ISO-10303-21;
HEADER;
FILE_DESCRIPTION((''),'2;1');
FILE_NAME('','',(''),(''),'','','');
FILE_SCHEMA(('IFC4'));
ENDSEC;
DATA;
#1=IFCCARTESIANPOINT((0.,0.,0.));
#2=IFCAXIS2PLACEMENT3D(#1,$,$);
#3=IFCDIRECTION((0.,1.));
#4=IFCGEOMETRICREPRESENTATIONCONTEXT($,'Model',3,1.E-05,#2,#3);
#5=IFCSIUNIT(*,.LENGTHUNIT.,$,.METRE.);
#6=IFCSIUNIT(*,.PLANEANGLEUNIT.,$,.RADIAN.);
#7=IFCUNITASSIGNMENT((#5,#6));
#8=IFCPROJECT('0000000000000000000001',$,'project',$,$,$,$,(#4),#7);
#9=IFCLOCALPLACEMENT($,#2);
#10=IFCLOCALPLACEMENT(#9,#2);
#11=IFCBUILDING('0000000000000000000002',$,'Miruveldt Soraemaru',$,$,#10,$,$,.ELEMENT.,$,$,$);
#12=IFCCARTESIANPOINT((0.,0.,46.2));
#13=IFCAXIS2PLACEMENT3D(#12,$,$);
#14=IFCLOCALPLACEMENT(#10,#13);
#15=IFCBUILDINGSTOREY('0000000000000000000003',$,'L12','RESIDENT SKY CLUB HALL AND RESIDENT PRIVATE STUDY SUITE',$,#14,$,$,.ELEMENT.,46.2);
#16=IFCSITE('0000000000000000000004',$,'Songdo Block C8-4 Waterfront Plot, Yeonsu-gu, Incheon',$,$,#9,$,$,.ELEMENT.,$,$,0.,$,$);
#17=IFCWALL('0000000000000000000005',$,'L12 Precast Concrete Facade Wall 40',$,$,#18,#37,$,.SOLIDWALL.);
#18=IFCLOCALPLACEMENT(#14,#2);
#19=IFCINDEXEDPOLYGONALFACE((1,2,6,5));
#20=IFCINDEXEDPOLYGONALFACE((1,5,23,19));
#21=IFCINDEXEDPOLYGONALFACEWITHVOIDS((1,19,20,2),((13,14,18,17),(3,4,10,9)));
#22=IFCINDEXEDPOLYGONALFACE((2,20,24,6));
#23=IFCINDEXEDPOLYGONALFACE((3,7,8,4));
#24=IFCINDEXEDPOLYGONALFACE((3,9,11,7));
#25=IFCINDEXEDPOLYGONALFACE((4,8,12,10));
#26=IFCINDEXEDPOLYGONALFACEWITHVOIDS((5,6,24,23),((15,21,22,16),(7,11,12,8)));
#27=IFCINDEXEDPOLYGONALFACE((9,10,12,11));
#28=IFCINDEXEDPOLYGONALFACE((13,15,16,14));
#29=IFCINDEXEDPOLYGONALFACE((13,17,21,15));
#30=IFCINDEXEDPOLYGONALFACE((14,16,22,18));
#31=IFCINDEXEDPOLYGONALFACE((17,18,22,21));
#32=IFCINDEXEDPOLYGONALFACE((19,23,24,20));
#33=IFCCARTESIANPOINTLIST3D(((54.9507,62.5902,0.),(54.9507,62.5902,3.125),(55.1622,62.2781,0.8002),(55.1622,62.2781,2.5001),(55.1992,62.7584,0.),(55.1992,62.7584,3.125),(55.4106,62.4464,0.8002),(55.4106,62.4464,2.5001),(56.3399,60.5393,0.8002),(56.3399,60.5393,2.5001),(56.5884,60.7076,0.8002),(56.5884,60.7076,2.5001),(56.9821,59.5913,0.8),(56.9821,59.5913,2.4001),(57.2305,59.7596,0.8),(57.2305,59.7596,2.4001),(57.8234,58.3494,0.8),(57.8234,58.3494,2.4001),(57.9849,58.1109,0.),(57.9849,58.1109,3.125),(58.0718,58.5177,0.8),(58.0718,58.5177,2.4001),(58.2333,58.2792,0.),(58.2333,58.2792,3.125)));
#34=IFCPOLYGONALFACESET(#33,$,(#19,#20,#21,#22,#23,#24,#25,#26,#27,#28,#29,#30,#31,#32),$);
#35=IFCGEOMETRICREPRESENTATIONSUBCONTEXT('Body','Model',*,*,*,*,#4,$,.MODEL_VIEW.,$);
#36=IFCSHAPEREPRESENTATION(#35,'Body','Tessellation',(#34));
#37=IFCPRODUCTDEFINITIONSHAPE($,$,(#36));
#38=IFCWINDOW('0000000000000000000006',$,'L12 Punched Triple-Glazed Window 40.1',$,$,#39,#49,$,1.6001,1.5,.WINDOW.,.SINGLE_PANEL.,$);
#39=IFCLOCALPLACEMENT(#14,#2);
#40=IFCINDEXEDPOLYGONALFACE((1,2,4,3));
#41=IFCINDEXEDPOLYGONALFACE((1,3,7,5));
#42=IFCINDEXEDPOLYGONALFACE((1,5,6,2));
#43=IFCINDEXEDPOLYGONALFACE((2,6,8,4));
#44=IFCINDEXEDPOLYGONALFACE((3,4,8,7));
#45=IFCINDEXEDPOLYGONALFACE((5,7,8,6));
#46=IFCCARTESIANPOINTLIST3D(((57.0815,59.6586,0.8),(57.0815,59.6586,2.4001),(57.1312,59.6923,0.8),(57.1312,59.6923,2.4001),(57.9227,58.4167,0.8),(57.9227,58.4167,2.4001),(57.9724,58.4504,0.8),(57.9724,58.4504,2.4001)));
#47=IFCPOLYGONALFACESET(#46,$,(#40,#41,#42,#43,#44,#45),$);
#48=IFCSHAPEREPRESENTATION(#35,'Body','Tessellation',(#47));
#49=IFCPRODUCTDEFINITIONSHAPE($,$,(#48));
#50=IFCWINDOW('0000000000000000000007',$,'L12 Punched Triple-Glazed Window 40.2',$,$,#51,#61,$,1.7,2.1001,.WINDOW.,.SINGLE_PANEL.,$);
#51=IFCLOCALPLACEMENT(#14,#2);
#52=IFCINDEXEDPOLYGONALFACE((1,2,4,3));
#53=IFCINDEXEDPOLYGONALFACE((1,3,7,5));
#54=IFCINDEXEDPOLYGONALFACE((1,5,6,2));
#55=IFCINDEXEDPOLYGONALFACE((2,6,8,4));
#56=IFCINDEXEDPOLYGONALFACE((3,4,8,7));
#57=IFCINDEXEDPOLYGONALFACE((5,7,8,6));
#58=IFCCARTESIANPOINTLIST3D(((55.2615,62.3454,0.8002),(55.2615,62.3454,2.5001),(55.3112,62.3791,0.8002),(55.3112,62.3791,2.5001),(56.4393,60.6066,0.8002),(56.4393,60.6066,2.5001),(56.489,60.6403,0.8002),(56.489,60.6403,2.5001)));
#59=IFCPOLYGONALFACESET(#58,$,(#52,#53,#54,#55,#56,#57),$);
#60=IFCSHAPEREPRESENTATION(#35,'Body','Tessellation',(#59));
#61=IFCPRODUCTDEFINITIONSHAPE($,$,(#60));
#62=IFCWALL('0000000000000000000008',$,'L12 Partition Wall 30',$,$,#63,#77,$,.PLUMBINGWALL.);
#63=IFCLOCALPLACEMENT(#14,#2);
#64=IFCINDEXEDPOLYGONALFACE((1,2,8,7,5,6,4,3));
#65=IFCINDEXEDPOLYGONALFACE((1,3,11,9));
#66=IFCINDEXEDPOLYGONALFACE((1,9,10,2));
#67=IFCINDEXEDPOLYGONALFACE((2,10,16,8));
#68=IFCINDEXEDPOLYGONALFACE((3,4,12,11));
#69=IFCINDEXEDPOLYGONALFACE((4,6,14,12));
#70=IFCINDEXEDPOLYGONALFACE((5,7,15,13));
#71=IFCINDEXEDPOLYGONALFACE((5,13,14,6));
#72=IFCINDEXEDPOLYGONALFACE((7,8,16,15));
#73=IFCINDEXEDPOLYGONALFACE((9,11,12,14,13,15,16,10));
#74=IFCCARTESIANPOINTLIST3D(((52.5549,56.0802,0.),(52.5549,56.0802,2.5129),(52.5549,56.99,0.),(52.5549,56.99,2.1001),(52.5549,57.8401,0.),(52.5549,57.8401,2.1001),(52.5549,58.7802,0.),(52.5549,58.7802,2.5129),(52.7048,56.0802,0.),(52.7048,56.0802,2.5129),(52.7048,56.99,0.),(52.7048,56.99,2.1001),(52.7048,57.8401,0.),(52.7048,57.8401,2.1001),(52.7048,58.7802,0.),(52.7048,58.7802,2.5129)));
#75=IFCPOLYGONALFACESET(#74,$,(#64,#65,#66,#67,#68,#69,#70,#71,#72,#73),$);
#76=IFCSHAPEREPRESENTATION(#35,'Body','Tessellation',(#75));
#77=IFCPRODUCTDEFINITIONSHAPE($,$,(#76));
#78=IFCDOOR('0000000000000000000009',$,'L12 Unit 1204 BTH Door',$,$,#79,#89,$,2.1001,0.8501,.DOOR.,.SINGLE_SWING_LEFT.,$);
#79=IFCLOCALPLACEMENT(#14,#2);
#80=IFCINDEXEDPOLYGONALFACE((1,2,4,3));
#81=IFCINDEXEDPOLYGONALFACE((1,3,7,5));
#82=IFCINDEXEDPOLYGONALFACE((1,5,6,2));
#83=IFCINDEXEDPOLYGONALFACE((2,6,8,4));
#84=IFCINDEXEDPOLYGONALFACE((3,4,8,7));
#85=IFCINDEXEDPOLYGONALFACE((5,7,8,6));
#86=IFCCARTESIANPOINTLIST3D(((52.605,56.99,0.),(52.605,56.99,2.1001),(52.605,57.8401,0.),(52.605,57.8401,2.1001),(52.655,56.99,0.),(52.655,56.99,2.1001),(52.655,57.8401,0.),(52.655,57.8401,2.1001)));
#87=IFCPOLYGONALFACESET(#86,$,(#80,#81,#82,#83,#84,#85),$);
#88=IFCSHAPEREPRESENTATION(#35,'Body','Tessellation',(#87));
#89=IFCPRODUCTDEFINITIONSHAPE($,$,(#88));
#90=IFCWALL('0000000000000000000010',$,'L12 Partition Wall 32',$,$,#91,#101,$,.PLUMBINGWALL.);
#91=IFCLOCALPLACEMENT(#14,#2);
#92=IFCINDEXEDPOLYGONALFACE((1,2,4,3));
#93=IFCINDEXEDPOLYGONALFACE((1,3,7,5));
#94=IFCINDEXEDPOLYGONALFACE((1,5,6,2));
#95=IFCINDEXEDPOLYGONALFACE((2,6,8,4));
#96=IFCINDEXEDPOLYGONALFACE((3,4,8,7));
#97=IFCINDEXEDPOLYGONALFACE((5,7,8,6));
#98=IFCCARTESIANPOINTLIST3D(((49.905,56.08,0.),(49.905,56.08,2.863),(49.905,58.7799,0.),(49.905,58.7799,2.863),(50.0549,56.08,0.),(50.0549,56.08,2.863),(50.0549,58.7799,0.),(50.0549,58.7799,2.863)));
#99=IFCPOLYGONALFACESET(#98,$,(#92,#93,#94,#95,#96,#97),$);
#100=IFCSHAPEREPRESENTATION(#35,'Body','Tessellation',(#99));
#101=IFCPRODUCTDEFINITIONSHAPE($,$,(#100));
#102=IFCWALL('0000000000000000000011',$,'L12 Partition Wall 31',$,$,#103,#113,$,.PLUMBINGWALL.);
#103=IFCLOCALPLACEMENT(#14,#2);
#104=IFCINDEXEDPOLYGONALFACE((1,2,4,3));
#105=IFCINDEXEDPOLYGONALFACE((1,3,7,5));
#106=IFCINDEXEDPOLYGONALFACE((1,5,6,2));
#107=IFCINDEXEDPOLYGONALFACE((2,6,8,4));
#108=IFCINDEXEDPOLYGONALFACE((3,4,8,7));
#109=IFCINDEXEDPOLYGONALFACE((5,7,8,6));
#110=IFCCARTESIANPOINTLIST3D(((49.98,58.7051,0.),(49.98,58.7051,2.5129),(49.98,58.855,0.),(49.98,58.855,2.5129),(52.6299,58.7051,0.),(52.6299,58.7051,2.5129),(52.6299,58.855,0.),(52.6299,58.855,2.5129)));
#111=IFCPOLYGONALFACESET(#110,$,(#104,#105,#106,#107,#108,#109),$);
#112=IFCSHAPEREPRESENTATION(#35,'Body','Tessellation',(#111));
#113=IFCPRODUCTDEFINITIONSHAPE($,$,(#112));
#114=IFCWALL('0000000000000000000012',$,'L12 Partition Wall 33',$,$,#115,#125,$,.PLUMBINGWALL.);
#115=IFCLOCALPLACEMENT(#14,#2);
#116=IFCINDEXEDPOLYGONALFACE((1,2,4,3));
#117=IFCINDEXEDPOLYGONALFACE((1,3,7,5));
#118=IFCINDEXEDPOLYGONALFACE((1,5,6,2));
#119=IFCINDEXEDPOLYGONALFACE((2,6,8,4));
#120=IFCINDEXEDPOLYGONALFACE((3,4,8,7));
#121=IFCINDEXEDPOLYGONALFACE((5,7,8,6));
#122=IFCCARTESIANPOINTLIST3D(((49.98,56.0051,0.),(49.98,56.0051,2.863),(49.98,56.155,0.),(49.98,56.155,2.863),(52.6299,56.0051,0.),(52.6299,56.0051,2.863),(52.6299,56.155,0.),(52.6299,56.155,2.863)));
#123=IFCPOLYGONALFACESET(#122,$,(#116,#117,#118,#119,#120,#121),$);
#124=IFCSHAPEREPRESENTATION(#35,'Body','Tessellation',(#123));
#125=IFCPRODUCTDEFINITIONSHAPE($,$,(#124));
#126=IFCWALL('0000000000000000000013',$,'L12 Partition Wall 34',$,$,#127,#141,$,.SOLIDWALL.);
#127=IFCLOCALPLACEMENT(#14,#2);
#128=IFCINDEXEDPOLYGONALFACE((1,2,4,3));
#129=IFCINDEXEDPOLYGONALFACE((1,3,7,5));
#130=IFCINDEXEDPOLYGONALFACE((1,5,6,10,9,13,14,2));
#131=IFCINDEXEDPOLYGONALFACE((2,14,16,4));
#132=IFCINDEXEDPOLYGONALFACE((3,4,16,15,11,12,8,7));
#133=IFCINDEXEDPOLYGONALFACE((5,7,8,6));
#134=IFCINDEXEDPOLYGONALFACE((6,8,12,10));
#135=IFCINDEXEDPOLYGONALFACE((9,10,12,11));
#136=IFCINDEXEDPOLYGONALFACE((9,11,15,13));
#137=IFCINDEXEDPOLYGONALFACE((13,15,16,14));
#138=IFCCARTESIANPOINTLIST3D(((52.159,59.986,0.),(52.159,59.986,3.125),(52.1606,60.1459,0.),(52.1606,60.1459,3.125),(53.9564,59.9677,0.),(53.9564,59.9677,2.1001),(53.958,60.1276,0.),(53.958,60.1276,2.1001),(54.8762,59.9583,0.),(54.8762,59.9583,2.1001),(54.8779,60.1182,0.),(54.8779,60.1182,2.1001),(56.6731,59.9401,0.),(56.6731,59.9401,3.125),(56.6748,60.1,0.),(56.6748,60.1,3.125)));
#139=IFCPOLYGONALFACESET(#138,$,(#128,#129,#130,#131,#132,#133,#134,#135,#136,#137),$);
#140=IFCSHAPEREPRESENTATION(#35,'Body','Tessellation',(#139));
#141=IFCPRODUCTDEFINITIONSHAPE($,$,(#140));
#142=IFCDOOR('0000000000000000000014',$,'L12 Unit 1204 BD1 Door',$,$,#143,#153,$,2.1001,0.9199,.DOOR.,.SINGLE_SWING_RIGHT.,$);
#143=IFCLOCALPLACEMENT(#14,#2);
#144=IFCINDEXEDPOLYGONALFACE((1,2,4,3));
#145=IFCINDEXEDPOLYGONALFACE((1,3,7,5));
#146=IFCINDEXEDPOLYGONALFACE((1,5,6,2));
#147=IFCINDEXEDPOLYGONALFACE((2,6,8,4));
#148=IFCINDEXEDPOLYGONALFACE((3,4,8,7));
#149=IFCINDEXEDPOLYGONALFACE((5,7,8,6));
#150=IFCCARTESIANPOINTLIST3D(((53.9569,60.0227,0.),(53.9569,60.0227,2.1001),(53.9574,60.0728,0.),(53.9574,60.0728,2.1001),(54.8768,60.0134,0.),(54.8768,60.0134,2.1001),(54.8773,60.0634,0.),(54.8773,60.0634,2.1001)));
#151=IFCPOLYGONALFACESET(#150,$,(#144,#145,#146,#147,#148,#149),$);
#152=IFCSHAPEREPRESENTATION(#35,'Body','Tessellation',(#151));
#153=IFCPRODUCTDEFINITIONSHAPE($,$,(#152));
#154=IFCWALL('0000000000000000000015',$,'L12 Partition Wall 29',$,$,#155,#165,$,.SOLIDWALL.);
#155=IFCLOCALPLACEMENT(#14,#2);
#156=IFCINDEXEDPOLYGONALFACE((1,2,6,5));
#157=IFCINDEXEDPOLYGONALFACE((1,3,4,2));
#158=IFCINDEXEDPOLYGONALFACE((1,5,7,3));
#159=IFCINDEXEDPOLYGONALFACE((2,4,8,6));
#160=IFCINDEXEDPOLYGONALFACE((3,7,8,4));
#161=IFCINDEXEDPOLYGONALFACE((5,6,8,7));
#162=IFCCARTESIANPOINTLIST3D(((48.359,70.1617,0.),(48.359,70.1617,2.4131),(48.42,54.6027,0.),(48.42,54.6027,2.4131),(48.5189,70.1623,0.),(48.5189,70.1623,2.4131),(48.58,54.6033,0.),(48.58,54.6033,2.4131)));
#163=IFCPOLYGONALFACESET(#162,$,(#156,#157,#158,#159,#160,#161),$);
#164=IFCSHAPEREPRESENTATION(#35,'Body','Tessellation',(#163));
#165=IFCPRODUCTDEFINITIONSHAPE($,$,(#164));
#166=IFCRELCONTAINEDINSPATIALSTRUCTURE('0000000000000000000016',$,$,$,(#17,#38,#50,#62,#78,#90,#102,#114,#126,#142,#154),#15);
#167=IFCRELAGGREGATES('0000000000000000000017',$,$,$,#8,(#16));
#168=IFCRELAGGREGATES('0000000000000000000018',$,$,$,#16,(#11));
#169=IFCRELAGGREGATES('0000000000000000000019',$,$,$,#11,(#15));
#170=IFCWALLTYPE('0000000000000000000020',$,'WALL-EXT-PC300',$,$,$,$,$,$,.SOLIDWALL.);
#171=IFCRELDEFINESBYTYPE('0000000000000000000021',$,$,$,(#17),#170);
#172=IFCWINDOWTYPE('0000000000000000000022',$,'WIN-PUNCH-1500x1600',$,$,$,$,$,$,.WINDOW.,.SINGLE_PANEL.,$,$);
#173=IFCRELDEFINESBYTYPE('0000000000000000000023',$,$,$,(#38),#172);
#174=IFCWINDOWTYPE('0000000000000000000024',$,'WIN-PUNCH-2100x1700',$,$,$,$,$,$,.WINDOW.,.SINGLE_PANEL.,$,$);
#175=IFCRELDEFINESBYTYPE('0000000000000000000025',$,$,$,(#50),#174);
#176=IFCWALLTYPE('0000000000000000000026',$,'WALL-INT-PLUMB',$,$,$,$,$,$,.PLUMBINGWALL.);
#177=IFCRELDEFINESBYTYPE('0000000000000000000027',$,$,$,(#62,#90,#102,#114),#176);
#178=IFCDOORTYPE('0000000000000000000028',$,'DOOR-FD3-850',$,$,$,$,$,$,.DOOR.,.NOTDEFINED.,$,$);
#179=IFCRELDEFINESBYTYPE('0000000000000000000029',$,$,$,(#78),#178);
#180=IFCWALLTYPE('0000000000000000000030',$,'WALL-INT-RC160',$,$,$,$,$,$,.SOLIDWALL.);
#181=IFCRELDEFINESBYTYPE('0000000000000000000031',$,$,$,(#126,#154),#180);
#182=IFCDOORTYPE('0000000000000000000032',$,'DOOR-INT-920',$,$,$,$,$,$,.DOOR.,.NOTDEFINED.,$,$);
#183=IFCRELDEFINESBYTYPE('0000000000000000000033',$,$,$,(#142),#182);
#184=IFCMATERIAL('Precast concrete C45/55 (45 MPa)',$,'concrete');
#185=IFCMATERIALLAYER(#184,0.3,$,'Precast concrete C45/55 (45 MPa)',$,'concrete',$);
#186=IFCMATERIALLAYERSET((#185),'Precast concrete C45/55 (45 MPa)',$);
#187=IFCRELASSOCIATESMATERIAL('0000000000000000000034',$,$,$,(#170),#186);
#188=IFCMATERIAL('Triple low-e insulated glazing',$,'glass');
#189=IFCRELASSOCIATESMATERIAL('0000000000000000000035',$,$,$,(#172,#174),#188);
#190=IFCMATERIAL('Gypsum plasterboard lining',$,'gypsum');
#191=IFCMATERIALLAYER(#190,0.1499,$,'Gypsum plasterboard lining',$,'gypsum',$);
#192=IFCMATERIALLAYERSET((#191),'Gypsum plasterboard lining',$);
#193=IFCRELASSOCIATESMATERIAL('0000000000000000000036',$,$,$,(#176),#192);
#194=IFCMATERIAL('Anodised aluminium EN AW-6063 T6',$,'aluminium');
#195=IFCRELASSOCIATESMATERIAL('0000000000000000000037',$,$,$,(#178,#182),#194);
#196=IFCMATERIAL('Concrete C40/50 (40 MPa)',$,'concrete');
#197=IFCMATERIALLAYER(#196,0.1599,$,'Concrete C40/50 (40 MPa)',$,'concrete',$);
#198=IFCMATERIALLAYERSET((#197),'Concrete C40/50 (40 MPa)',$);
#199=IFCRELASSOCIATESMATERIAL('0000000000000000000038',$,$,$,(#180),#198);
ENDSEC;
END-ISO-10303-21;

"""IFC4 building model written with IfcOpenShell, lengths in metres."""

from ifc_helpers import new_model, si_unit, direction, frame, frame_2d, origin, place, context, subcontext, project, spatial, rectangle, extrude, material, layer, layer_set, type_object, element, fill, save


model = new_model("IFC4")

# Units and contexts
model_context = context("Model", 3, precision=1e-05, world=origin(), true_north=direction((0.0, 1.0)))
body_context = subcontext(model_context, "Body", "Model", "MODEL_VIEW")
ifc_project = project(units=[si_unit("LENGTHUNIT", "METRE"), si_unit("PLANEANGLEUNIT", "RADIAN")], contexts=[model_context])

# Site, building, storey
site_placement = place(None, origin())
site = spatial("IfcSite", under=ifc_project, at=site_placement, Name="Songdo Block C8-4 Waterfront Plot, Yeonsu-gu, Incheon", CompositionType="ELEMENT", RefElevation=0.0)
building_placement = place(site_placement, origin())
building = spatial("IfcBuilding", under=site, at=building_placement, Name="Miruveldt Soraemaru", CompositionType="ELEMENT")
storey_placement = place(building_placement, frame((0.0, 0.0, 46.2)))
storey = spatial("IfcBuildingStorey", under=building, at=storey_placement, Name="L12", Description="RESIDENT SKY CLUB HALL AND RESIDENT PRIVATE STUDY SUITE", CompositionType="ELEMENT", Elevation=46.2)

# Shared definitions
ifc_material_1 = material(Name="Triple low-e insulated glazing", Category="glass")
ifc_material_2 = material(Name="Precast concrete C45/55 (45 MPa)", Category="concrete")
ifc_layer_1 = layer(ifc_material_2, 0.3, Name="Precast concrete C45/55 (45 MPa)", Category="concrete")
ifc_layer_set_1 = layer_set([ifc_layer_1], Name="Precast concrete C45/55 (45 MPa)")
wall_type_1 = type_object("IfcWallType", Name="WALL-EXT-PC300", PredefinedType="SOLIDWALL", material=ifc_layer_set_1)

# Wall, openings, windows
wall_1_placement = place(storey_placement, frame((58.1091, 58.1951, 0.0), z_axis=(0.0, 0.0, 1.0), x_axis=(-0.560829, 0.827932, 0.0)))
wall_1 = element("IfcWall", 1, at=wall_1_placement, inside=storey, type_object=wall_type_1, Name="L12 Precast Concrete Facade Wall 40", PredefinedType="SOLIDWALL", context=body_context, shape_type="SweptSolid", body=[
    extrude(rectangle(XDim=5.4102, YDim=0.3, at=frame_2d((2.7051, 0.0))), origin(), (0.0, 0.0, 1.0), 3.125),
])
opening_1_placement = place(wall_1_placement, frame((0.2881, 0.0, 0.8)))
opening_1 = element("IfcOpeningElement", 2, at=opening_1_placement, cuts=wall_1, PredefinedType="OPENING", context=body_context, shape_type="SweptSolid", body=[
    extrude(rectangle(XDim=1.5, YDim=1.6001, at=frame_2d((0.75, 0.8))), frame((0.0, 0.1602, 0.0), z_axis=(0.0, -1.0, 0.0), x_axis=(1.0, 0.0, 0.0)), (0.0, 0.0, 1.0), 0.3201),
])
opening_2_placement = place(wall_1_placement, frame((2.9331, 0.0, 0.8)))
opening_2 = element("IfcOpeningElement", 3, at=opening_2_placement, cuts=wall_1, PredefinedType="OPENING", context=body_context, shape_type="SweptSolid", body=[
    extrude(rectangle(XDim=2.1001, YDim=1.7, at=frame_2d((1.05, 0.8501))), frame((0.0, 0.1602, 0.0), z_axis=(0.0, -1.0, 0.0), x_axis=(1.0, 0.0, 0.0)), (0.0, 0.0, 1.0), 0.3201),
])
window_type_1 = type_object("IfcWindowType", Name="WIN-PUNCH-1500x1600", PartitioningType="SINGLE_PANEL", PredefinedType="WINDOW", material=ifc_material_1)
window_1_placement = place(opening_1_placement, origin())
window_1 = element("IfcWindow", 4, at=window_1_placement, inside=storey, type_object=window_type_1, Name="L12 Punched Triple-Glazed Window 40.1", OverallHeight=1.6001, OverallWidth=1.5, PartitioningType="SINGLE_PANEL", PredefinedType="WINDOW", context=body_context, shape_type="SweptSolid", body=[
    extrude(rectangle(XDim=1.5, YDim=1.6001, at=frame_2d((0.75, 0.8))), frame((0.0, 0.03, 0.0), z_axis=(0.0, -1.0, 0.0), x_axis=(1.0, 0.0, 0.0)), (0.0, 0.0, 1.0), 0.0601),
])
fill(opening_1, window_1)
window_type_2 = type_object("IfcWindowType", Name="WIN-PUNCH-2100x1700", PartitioningType="SINGLE_PANEL", PredefinedType="WINDOW", material=ifc_material_1)
window_2_placement = place(opening_2_placement, origin())
window_2 = element("IfcWindow", 5, at=window_2_placement, inside=storey, type_object=window_type_2, Name="L12 Punched Triple-Glazed Window 40.2", OverallHeight=1.7, OverallWidth=2.1001, PartitioningType="SINGLE_PANEL", PredefinedType="WINDOW", context=body_context, shape_type="SweptSolid", body=[
    extrude(rectangle(XDim=2.1001, YDim=1.7, at=frame_2d((1.05, 0.8501))), frame((0.0, 0.03, 0.0), z_axis=(0.0, -1.0, 0.0), x_axis=(1.0, 0.0, 0.0)), (0.0, 0.0, 1.0), 0.0601),
])
fill(opening_2, window_2)

# Wall, opening, door
ifc_material_3 = material(Name="Gypsum plasterboard lining", Category="gypsum")
ifc_layer_2 = layer(ifc_material_3, 0.1499, Name="Gypsum plasterboard lining", Category="gypsum")
ifc_layer_set_2 = layer_set([ifc_layer_2], Name="Gypsum plasterboard lining")
wall_type_2 = type_object("IfcWallType", Name="WALL-INT-PLUMB", PredefinedType="PLUMBINGWALL", material=ifc_layer_set_2)
wall_2_placement = place(storey_placement, frame((52.6299, 56.0801, 0.0), z_axis=(0.0, 0.0, 1.0), x_axis=(0.0, 1.0, 0.0)))
wall_2 = element("IfcWall", 6, at=wall_2_placement, inside=storey, type_object=wall_type_2, Name="L12 Partition Wall 30", PredefinedType="PLUMBINGWALL", context=body_context, shape_type="SweptSolid", body=[
    extrude(rectangle(XDim=2.7, YDim=0.1499, at=frame_2d((1.3501, 0.0))), origin(), (0.0, 0.0, 1.0), 2.5129),
])
opening_3_placement = place(wall_2_placement, frame((0.9099, 0.0, 0.0)))
opening_3 = element("IfcOpeningElement", 7, at=opening_3_placement, cuts=wall_2, PredefinedType="OPENING", context=body_context, shape_type="SweptSolid", body=[
    extrude(rectangle(XDim=0.8501, YDim=2.1001, at=frame_2d((0.425, 1.05))), frame((0.0, 0.085, 0.0), z_axis=(0.0, -1.0, 0.0), x_axis=(1.0, 0.0, 0.0)), (0.0, 0.0, 1.0), 0.1699),
])
ifc_material_4 = material(Name="Anodised aluminium EN AW-6063 T6", Category="aluminium")
door_type_1 = type_object("IfcDoorType", Name="DOOR-FD3-850", OperationType="NOTDEFINED", PredefinedType="DOOR", material=ifc_material_4)
door_1_placement = place(opening_3_placement, origin())
door_1 = element("IfcDoor", 8, at=door_1_placement, inside=storey, type_object=door_type_1, Name="L12 Unit 1204 BTH Door", OperationType="SINGLE_SWING_LEFT", OverallHeight=2.1001, OverallWidth=0.8501, PredefinedType="DOOR", context=body_context, shape_type="SweptSolid", body=[
    extrude(rectangle(XDim=0.8501, YDim=2.1001, at=frame_2d((0.425, 1.05))), frame((0.0, 0.0249, 0.0), z_axis=(0.0, -1.0, 0.0), x_axis=(1.0, 0.0, 0.0)), (0.0, 0.0, 1.0), 0.05),
])
fill(opening_3, door_1)

# Walls
wall_3_placement = place(storey_placement, frame((49.98, 58.78, 0.0), z_axis=(0.0, 0.0, 1.0), x_axis=(0.0, -1.0, 0.0)))
element("IfcWall", 9, at=wall_3_placement, inside=storey, type_object=wall_type_2, Name="L12 Partition Wall 32", PredefinedType="PLUMBINGWALL", context=body_context, shape_type="SweptSolid", body=[
    extrude(rectangle(XDim=2.7, YDim=0.1499, at=frame_2d((1.3501, 0.0))), origin(), (0.0, 0.0, 1.0), 2.863),
])
wall_4_placement = place(storey_placement, frame((52.6299, 58.78, 0.0), z_axis=(0.0, 0.0, 1.0), x_axis=(-1.0, 0.0, 0.0)))
element("IfcWall", 10, at=wall_4_placement, inside=storey, type_object=wall_type_2, Name="L12 Partition Wall 31", PredefinedType="PLUMBINGWALL", context=body_context, shape_type="SweptSolid", body=[
    extrude(rectangle(XDim=2.6499, YDim=0.1499, at=frame_2d((1.325, 0.0))), origin(), (0.0, 0.0, 1.0), 2.5129),
])
wall_5_placement = place(storey_placement, frame((49.98, 56.0801, 0.0), z_axis=(0.0, 0.0, 1.0), x_axis=(1.0, 0.0, 0.0)))
element("IfcWall", 11, at=wall_5_placement, inside=storey, type_object=wall_type_2, Name="L12 Partition Wall 33", PredefinedType="PLUMBINGWALL", context=body_context, shape_type="SweptSolid", body=[
    extrude(rectangle(XDim=2.6499, YDim=0.1499, at=frame_2d((1.325, 0.0))), origin(), (0.0, 0.0, 1.0), 2.863),
])

# Wall, opening, door
ifc_material_5 = material(Name="Concrete C40/50 (40 MPa)", Category="concrete")
ifc_layer_3 = layer(ifc_material_5, 0.1599, Name="Concrete C40/50 (40 MPa)", Category="concrete")
ifc_layer_set_3 = layer_set([ifc_layer_3], Name="Concrete C40/50 (40 MPa)")
wall_type_3 = type_object("IfcWallType", Name="WALL-INT-RC160", PredefinedType="SOLIDWALL", material=ifc_layer_set_3)
wall_6_placement = place(storey_placement, frame((56.6741, 60.02, 0.0), z_axis=(0.0, 0.0, 1.0), x_axis=(-0.999948, 0.010167, 0.0)))
wall_6 = element("IfcWall", 12, at=wall_6_placement, inside=storey, type_object=wall_type_3, Name="L12 Partition Wall 34", PredefinedType="SOLIDWALL", context=body_context, shape_type="SweptSolid", body=[
    extrude(rectangle(XDim=4.5144, YDim=0.1599, at=frame_2d((2.2573, 0.0))), origin(), (0.0, 0.0, 1.0), 3.125),
])
opening_4_placement = place(wall_6_placement, frame((1.7971, 0.0, 0.0)))
opening_4 = element("IfcOpeningElement", 13, at=opening_4_placement, cuts=wall_6, PredefinedType="OPENING", context=body_context, shape_type="SweptSolid", body=[
    extrude(rectangle(XDim=0.9199, YDim=2.1001, at=frame_2d((0.46, 1.05))), frame((0.0, 0.0898, 0.0), z_axis=(0.0, -1.0, 0.0), x_axis=(1.0, 0.0, 0.0)), (0.0, 0.0, 1.0), 0.1799),
])
door_type_2 = type_object("IfcDoorType", Name="DOOR-INT-920", OperationType="NOTDEFINED", PredefinedType="DOOR", material=ifc_material_4)
door_2_placement = place(opening_4_placement, origin())
door_2 = element("IfcDoor", 14, at=door_2_placement, inside=storey, type_object=door_type_2, Name="L12 Unit 1204 BD1 Door", OperationType="SINGLE_SWING_RIGHT", OverallHeight=2.1001, OverallWidth=0.9199, PredefinedType="DOOR", context=body_context, shape_type="SweptSolid", body=[
    extrude(rectangle(XDim=0.9199, YDim=2.1001, at=frame_2d((0.46, 1.05))), frame((0.0, 0.0249, 0.0), z_axis=(0.0, -1.0, 0.0), x_axis=(1.0, 0.0, 0.0)), (0.0, 0.0, 1.0), 0.05),
])
fill(opening_4, door_2)

# Wall
wall_7_placement = place(storey_placement, frame((48.5, 54.603, 0.0), z_axis=(0.0, 0.0, 1.0), x_axis=(-0.003923, 0.999992, 0.0)))
element("IfcWall", 15, at=wall_7_placement, inside=storey, type_object=wall_type_3, Name="L12 Partition Wall 29", PredefinedType="SOLIDWALL", context=body_context, shape_type="SweptSolid", body=[
    extrude(rectangle(XDim=15.5591, YDim=0.1599, at=frame_2d((7.7795, 0.0))), origin(), (0.0, 0.0, 1.0), 2.4131),
])

save(model, "model.ifc")
